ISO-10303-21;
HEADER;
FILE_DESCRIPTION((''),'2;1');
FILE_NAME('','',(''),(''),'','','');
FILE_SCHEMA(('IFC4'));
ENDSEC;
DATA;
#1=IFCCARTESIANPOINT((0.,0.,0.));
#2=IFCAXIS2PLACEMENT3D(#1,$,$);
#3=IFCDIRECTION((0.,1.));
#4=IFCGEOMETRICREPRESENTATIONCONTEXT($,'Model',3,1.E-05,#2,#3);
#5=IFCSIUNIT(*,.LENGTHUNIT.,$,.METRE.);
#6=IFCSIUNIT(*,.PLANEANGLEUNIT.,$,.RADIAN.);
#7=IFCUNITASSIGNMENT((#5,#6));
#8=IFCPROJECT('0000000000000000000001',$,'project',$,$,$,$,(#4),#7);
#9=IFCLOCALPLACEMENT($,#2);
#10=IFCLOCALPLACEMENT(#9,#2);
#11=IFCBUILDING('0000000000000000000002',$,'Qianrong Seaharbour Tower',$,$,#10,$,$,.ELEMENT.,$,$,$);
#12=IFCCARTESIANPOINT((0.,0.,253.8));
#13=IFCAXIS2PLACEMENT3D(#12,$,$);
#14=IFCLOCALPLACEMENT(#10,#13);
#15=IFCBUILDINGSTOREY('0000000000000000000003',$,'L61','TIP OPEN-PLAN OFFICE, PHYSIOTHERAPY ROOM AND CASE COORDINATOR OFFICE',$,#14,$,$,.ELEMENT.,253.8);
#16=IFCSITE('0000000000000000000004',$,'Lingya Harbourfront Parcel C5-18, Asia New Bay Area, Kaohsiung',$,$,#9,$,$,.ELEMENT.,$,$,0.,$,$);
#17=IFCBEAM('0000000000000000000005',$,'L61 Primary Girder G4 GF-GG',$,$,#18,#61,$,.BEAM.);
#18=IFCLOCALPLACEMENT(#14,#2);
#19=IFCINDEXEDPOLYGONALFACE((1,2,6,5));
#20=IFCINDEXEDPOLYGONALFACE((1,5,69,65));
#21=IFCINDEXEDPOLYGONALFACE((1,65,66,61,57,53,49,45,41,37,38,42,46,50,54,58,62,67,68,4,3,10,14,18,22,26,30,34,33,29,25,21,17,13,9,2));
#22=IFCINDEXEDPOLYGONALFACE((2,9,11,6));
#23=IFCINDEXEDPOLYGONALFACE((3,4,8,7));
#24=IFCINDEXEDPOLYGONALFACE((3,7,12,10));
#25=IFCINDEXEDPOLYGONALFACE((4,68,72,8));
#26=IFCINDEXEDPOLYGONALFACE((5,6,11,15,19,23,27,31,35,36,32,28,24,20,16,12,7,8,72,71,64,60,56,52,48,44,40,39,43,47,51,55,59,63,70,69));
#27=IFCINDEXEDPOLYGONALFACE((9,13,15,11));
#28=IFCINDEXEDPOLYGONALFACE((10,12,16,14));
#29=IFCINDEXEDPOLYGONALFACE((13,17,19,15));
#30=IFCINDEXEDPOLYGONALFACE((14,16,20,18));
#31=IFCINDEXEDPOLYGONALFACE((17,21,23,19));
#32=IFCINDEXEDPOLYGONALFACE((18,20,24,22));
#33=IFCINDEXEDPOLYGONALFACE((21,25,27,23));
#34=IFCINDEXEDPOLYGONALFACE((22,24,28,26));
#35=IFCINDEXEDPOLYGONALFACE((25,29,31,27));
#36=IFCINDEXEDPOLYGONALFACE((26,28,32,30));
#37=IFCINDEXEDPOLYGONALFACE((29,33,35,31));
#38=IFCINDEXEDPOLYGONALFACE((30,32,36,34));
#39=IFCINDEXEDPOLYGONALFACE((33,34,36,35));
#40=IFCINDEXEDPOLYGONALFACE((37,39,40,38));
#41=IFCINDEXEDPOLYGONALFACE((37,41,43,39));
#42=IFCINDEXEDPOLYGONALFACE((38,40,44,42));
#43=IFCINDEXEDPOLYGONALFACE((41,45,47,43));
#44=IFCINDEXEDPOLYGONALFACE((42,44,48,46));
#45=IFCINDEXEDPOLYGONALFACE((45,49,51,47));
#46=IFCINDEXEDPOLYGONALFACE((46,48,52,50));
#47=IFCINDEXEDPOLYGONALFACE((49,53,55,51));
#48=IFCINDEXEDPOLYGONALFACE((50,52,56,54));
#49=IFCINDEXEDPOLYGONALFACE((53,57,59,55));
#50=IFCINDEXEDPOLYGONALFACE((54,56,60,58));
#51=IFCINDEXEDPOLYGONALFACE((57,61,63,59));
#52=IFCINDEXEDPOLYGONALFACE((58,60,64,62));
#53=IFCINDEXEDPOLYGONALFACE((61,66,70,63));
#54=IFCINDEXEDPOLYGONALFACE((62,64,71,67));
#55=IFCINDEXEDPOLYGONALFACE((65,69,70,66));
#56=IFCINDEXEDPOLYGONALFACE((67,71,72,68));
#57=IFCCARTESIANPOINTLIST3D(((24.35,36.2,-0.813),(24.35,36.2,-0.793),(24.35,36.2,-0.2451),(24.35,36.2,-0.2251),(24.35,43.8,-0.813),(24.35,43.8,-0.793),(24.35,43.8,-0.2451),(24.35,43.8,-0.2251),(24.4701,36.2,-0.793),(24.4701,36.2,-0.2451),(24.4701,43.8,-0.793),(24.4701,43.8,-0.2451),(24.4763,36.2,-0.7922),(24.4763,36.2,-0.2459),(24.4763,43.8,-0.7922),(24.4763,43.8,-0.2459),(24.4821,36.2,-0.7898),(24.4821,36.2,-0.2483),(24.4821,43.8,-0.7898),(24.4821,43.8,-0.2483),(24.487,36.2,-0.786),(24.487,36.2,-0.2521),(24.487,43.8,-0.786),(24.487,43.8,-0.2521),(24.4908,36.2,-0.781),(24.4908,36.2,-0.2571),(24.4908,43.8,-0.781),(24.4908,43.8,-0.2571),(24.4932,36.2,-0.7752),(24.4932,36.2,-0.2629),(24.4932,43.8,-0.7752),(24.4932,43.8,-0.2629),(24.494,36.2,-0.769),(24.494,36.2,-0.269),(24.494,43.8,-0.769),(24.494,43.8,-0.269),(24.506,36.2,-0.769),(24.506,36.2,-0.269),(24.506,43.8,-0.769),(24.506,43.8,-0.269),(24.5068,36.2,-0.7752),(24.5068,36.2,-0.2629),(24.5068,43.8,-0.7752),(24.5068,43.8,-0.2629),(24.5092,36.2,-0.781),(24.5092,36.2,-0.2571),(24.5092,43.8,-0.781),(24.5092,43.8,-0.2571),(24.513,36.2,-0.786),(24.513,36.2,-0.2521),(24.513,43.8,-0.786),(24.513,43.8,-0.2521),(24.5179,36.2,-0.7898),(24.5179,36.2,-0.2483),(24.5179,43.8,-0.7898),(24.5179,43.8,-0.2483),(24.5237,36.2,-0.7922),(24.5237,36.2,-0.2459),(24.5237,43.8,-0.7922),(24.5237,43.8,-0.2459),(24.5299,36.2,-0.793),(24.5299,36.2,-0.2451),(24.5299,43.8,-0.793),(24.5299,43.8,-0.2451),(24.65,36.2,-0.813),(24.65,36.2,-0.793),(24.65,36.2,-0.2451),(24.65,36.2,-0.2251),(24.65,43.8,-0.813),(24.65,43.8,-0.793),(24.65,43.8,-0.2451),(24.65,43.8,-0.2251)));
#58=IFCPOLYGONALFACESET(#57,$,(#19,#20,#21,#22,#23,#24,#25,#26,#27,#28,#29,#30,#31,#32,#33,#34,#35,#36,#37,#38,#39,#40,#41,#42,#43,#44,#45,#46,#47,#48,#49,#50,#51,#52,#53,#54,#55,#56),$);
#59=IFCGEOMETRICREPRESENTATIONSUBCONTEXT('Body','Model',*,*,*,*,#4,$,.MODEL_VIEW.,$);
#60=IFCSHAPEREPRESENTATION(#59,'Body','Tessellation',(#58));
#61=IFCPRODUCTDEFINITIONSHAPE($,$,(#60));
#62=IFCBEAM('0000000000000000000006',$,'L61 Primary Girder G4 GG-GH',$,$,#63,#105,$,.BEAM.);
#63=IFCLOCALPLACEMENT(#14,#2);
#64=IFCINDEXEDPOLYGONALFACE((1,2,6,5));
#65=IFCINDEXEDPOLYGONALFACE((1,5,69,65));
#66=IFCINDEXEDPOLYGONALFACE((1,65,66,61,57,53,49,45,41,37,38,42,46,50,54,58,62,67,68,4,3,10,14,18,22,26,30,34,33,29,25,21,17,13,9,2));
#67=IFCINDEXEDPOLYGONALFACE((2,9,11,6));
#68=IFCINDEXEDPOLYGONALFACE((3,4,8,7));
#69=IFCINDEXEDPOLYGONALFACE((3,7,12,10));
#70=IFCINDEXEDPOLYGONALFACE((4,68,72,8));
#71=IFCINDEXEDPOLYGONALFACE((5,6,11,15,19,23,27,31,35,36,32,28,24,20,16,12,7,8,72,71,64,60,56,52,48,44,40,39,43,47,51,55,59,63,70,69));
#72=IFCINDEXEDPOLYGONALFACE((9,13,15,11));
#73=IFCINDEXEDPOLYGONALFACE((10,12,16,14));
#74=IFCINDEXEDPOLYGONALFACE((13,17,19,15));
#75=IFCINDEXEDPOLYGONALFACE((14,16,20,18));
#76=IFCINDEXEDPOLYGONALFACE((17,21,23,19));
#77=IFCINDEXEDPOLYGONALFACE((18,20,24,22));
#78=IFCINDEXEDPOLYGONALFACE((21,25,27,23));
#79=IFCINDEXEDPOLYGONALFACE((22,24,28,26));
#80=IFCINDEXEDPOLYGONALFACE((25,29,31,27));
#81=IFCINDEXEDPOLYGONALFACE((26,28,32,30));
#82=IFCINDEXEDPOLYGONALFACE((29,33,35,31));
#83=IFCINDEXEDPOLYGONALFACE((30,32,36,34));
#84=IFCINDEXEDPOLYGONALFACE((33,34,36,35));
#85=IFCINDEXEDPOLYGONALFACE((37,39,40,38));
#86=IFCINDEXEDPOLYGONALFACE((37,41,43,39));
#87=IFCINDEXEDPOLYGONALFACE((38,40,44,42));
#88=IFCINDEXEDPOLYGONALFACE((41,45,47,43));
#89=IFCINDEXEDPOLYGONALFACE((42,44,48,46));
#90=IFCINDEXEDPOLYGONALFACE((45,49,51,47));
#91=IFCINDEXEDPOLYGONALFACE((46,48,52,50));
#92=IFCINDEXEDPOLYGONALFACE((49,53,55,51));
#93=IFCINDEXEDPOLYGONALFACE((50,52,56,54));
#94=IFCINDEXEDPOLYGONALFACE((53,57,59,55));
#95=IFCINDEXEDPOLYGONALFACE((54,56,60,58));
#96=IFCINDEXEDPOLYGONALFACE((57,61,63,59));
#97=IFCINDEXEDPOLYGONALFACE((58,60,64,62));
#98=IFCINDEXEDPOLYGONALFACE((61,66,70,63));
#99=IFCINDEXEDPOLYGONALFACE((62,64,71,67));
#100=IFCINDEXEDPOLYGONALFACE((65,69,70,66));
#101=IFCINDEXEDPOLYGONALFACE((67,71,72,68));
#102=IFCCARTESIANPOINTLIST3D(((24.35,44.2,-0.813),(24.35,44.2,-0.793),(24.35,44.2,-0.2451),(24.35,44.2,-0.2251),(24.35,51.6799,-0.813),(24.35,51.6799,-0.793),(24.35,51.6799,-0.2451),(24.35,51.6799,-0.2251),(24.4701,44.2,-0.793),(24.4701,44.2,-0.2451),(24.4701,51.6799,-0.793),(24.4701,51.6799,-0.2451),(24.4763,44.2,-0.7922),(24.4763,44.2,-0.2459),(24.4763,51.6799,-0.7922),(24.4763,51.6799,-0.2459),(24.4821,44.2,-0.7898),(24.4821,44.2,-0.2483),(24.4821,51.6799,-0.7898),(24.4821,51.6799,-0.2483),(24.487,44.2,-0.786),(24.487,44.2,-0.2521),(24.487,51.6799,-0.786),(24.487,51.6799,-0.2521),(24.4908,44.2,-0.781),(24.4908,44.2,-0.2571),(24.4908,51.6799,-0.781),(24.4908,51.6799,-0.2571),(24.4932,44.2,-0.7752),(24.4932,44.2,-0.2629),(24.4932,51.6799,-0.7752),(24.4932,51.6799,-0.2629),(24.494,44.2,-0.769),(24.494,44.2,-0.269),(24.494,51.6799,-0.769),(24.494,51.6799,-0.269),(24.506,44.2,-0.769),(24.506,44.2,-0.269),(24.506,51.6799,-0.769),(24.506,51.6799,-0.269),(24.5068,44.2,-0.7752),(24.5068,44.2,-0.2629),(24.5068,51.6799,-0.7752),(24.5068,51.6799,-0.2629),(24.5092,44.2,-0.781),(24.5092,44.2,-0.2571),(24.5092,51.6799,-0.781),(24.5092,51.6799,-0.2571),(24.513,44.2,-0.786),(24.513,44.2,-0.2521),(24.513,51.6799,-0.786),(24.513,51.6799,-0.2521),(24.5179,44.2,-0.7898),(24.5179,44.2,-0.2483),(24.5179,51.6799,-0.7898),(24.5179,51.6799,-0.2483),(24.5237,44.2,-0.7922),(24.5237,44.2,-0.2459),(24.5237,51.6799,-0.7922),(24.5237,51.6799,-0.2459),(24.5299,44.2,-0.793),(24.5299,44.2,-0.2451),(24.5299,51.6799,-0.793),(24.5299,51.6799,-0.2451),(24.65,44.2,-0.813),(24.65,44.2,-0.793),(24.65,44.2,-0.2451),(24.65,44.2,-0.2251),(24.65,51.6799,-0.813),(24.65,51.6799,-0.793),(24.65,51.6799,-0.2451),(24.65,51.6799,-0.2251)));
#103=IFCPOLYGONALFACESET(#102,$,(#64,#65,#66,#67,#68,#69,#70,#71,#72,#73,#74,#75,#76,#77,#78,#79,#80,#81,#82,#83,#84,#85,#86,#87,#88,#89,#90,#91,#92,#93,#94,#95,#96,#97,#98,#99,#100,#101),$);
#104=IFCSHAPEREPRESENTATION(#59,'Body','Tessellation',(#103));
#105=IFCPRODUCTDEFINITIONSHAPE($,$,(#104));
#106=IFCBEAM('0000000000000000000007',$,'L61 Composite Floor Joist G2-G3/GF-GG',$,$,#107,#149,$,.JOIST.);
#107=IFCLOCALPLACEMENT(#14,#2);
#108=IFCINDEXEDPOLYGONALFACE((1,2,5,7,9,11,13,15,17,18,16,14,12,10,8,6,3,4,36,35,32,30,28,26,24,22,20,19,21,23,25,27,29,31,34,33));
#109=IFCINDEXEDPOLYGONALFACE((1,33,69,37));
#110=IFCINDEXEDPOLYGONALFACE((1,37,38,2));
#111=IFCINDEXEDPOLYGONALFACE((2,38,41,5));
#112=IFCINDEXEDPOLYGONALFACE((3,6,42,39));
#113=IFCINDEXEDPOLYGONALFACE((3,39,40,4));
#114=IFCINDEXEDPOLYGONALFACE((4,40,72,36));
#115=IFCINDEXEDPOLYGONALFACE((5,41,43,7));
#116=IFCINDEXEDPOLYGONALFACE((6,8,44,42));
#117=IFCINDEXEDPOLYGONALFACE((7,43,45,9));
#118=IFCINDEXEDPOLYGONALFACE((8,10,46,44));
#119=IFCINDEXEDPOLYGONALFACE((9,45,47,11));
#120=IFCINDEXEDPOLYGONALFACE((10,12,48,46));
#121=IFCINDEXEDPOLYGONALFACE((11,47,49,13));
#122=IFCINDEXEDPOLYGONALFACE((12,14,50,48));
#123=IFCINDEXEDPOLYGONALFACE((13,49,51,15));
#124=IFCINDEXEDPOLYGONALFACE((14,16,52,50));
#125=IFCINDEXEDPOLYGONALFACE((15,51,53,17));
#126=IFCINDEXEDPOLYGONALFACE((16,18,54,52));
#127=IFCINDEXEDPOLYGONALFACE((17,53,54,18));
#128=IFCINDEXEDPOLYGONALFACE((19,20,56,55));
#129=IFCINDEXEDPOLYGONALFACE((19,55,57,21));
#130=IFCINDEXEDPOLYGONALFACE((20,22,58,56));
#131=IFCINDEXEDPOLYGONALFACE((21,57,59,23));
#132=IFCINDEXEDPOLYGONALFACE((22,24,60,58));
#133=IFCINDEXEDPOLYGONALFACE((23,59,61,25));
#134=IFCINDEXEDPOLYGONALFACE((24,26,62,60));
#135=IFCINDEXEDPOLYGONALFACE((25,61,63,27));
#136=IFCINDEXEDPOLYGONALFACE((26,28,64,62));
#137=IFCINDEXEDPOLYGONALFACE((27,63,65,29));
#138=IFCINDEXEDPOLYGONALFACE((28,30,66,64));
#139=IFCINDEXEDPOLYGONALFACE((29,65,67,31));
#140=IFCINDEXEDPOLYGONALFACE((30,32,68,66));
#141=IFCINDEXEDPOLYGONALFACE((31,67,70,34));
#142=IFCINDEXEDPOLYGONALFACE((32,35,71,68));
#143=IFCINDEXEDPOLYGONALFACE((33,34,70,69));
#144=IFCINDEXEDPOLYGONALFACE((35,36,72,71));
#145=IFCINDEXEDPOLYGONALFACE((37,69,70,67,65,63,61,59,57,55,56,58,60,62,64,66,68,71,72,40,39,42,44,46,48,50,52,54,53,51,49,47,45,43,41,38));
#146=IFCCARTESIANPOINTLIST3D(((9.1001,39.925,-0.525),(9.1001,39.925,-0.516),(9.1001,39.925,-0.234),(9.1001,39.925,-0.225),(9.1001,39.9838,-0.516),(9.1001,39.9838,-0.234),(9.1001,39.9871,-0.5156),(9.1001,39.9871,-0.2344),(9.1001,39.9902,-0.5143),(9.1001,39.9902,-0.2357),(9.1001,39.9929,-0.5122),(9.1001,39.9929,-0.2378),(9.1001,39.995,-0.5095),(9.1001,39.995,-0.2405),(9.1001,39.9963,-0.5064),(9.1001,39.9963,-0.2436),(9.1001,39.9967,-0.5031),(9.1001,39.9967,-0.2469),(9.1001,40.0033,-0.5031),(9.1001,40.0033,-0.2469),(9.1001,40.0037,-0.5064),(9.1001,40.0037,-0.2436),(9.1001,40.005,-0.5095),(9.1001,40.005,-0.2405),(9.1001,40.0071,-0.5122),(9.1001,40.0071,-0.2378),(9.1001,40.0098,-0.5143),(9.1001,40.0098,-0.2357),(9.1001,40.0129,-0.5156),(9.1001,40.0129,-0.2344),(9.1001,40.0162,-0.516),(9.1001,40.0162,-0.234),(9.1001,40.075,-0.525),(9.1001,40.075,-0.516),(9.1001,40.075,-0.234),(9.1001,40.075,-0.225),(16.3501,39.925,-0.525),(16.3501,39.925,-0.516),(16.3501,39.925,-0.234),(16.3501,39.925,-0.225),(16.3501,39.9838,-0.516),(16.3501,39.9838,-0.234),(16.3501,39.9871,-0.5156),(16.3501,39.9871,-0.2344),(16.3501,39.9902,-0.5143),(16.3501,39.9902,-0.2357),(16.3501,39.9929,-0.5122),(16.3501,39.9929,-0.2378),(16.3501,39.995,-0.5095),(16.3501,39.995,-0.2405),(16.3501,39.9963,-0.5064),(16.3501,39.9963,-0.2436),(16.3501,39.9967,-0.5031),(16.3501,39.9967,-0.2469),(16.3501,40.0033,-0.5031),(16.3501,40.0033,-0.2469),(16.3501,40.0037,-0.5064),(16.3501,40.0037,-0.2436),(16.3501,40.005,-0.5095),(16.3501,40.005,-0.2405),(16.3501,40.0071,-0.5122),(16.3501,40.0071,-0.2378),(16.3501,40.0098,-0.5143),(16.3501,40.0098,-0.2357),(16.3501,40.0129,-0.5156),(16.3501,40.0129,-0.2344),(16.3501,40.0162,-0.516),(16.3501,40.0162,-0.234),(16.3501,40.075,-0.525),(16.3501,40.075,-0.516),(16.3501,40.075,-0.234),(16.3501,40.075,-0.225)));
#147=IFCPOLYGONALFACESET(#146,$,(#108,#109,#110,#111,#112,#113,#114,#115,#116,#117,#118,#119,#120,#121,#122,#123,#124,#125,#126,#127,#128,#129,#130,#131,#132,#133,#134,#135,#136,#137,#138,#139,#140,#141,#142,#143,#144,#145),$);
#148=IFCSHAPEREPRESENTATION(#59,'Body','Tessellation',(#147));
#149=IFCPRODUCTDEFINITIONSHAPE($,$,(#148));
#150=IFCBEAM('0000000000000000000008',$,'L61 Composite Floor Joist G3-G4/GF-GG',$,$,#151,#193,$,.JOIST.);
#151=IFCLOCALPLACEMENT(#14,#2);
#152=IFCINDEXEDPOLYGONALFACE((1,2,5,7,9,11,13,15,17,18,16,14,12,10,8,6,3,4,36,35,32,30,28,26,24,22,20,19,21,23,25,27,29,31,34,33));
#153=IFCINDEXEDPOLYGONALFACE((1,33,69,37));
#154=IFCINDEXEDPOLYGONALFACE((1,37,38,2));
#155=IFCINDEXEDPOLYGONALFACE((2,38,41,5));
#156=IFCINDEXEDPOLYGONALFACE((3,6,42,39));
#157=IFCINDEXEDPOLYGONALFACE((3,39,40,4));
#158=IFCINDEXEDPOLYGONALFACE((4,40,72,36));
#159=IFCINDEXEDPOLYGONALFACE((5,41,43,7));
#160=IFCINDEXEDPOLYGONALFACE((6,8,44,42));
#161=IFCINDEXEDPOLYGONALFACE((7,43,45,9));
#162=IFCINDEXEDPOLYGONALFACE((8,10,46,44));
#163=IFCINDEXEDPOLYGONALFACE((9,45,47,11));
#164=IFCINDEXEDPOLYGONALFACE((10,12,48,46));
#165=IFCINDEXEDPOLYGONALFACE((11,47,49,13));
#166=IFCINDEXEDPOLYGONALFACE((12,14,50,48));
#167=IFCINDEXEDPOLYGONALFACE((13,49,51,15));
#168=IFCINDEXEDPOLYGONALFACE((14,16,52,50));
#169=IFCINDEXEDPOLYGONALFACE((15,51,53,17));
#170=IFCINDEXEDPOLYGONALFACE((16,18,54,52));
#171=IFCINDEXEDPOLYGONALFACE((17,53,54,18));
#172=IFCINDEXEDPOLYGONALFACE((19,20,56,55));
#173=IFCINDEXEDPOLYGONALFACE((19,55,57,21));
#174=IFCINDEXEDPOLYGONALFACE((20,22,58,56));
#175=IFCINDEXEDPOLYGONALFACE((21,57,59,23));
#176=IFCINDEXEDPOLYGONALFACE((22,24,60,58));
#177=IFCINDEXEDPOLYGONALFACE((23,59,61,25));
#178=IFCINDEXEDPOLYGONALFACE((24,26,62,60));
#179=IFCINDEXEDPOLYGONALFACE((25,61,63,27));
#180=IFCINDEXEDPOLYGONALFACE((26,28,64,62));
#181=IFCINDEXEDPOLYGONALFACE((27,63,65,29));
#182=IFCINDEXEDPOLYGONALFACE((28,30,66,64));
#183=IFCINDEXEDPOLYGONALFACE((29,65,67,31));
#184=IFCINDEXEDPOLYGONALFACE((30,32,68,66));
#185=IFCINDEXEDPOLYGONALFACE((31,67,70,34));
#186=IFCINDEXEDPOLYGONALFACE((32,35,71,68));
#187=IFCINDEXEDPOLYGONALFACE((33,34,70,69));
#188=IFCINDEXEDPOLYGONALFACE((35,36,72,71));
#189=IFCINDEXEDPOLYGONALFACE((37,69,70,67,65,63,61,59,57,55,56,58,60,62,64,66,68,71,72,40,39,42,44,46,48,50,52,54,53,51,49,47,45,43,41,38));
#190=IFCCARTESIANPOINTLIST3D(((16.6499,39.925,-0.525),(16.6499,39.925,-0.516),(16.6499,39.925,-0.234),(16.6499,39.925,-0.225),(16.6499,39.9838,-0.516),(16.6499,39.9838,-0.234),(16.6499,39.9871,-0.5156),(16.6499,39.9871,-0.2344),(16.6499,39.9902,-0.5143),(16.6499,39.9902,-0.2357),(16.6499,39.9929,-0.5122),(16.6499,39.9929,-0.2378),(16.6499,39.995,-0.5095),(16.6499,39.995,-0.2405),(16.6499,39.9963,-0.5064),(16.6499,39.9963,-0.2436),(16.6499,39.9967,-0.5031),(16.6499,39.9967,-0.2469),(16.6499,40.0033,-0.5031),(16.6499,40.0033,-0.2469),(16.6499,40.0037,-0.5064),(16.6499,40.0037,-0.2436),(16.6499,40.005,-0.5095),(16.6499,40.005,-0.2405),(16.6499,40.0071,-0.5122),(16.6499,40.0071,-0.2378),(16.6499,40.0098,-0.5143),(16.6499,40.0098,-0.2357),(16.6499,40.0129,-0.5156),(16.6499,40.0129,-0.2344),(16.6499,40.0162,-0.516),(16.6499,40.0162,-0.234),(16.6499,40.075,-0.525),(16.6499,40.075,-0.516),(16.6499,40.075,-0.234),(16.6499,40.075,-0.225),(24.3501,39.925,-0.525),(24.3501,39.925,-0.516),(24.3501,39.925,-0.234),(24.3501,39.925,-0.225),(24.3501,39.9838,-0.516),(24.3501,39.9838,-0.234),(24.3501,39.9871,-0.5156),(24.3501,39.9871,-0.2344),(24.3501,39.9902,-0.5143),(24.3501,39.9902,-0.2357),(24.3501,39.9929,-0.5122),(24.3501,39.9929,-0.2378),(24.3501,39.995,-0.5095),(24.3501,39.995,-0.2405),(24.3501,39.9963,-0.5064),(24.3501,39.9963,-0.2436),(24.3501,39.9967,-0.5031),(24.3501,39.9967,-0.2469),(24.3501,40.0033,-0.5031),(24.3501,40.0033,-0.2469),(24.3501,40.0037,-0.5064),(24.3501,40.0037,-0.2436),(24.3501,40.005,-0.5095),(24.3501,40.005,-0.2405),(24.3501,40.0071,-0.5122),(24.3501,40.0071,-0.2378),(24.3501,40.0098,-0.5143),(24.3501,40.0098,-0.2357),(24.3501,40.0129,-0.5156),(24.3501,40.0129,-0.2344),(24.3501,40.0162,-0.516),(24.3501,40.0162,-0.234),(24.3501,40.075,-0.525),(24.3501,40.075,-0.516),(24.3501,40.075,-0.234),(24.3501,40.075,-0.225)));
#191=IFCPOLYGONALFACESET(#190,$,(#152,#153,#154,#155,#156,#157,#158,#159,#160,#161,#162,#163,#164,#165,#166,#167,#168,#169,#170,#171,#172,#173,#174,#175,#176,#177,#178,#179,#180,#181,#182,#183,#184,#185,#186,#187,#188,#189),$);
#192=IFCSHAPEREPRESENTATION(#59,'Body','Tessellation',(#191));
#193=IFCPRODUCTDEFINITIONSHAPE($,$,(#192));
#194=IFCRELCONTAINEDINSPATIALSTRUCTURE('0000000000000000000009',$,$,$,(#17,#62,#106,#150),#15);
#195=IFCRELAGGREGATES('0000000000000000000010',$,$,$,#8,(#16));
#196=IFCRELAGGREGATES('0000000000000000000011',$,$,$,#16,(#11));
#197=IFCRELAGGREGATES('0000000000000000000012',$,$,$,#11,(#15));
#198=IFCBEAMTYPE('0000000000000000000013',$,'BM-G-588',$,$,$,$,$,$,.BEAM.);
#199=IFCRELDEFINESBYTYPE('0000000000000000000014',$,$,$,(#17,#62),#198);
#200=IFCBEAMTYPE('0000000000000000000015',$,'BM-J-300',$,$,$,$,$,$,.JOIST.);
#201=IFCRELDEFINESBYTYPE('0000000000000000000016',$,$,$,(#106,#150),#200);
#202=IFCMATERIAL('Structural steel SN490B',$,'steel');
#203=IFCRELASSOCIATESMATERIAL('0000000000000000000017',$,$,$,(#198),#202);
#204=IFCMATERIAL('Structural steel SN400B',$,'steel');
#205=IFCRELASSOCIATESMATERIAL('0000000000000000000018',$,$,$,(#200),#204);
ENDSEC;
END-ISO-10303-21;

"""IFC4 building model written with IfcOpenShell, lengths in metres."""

from ifc_helpers import new_model, si_unit, direction, frame, origin, origin_2d, place, context, subcontext, project, spatial, i_section, extrude, material, material_profile, profile_set, type_object, element, save


model = new_model("IFC4")

# Units and contexts
model_context = context("Model", 3, precision=1e-05, world=origin(), true_north=direction((0.0, 1.0)))
body_context = subcontext(model_context, "Body", "Model", "MODEL_VIEW")
ifc_project = project(units=[si_unit("LENGTHUNIT", "METRE"), si_unit("PLANEANGLEUNIT", "RADIAN")], contexts=[model_context])

# Site, building, storey
site_placement = place(None, origin())
site = spatial("IfcSite", under=ifc_project, at=site_placement, Name="Lingya Harbourfront Parcel C5-18, Asia New Bay Area, Kaohsiung", CompositionType="ELEMENT", RefElevation=0.0)
building_placement = place(site_placement, origin())
building = spatial("IfcBuilding", under=site, at=building_placement, Name="Qianrong Seaharbour Tower", CompositionType="ELEMENT")
storey_placement = place(building_placement, frame((0.0, 0.0, 253.8)))
storey = spatial("IfcBuildingStorey", under=building, at=storey_placement, Name="L61", Description="TIP OPEN-PLAN OFFICE, PHYSIOTHERAPY ROOM AND CASE COORDINATOR OFFICE", CompositionType="ELEMENT", Elevation=253.8)

# Shared definitions
ifc_material_1 = material(Name="Structural steel SN490B", Category="steel")

# Beams
ifc_material_profile_1 = material_profile(ifc_material_1, i_section(OverallWidth=0.3, OverallDepth=0.5879, WebThickness=0.012, FlangeThickness=0.02, FilletRadius=0.0239, at=origin_2d()), Name="H588x300x12x20")
ifc_profile_set_1 = profile_set([ifc_material_profile_1], Name="Structural steel SN490B")
beam_type_1 = type_object("IfcBeamType", Name="BM-G-588", PredefinedType="BEAM", material=ifc_profile_set_1)
beam_1_placement = place(storey_placement, frame((24.5, 36.2, -0.519), z_axis=(0.0, 1.0, 0.0), x_axis=(-1.0, 0.0, 0.0)))
element("IfcBeam", 1, at=beam_1_placement, inside=storey, type_object=beam_type_1, Name="L61 Primary Girder G4 GF-GG", PredefinedType="BEAM", context=body_context, shape_type="SweptSolid", body=[
    extrude(i_section(OverallWidth=0.3, OverallDepth=0.5879, WebThickness=0.012, FlangeThickness=0.02, FilletRadius=0.0239, at=origin_2d()), origin(), (0.0, 0.0, 1.0), 7.6001),
])
beam_2_placement = place(storey_placement, frame((24.5, 44.2, -0.519), z_axis=(0.0, 1.0, 0.0), x_axis=(-1.0, 0.0, 0.0)))
element("IfcBeam", 2, at=beam_2_placement, inside=storey, type_object=beam_type_1, Name="L61 Primary Girder G4 GG-GH", PredefinedType="BEAM", context=body_context, shape_type="SweptSolid", body=[
    extrude(i_section(OverallWidth=0.3, OverallDepth=0.5879, WebThickness=0.012, FlangeThickness=0.02, FilletRadius=0.0239, at=origin_2d()), origin(), (0.0, 0.0, 1.0), 7.48),
])
ifc_material_2 = material(Name="Structural steel SN400B", Category="steel")
ifc_material_profile_2 = material_profile(ifc_material_2, i_section(OverallWidth=0.1499, OverallDepth=0.3, WebThickness=0.0066, FlangeThickness=0.009, FilletRadius=0.0129, at=origin_2d()), Name="H300x150x6.5x9")
ifc_profile_set_2 = profile_set([ifc_material_profile_2], Name="Structural steel SN400B")
beam_type_2 = type_object("IfcBeamType", Name="BM-J-300", PredefinedType="JOIST", material=ifc_profile_set_2)
beam_3_placement = place(storey_placement, frame((9.1001, 40.0, -0.375), z_axis=(1.0, 0.0, 0.0), x_axis=(0.0, 1.0, 0.0)))
element("IfcBeam", 3, at=beam_3_placement, inside=storey, type_object=beam_type_2, Name="L61 Composite Floor Joist G2-G3/GF-GG", PredefinedType="JOIST", context=body_context, shape_type="SweptSolid", body=[
    extrude(i_section(OverallWidth=0.1499, OverallDepth=0.3, WebThickness=0.0066, FlangeThickness=0.009, FilletRadius=0.0129, at=origin_2d()), origin(), (0.0, 0.0, 1.0), 7.25),
])
for number, where, z_axis, x_axis, name in (
    (4, (16.6499, 40.0, -0.375), (1.0, 0.0, 0.0), (0.0, 1.0, 0.0), "L61 Composite Floor Joist G3-G4/GF-GG"),
):
    element("IfcBeam", number, at=place(storey_placement, frame(where, z_axis=z_axis, x_axis=x_axis)), inside=storey, type_object=beam_type_2, Name=name, PredefinedType="JOIST", context=body_context, shape_type="SweptSolid", body=[
        extrude(i_section(OverallWidth=0.1499, OverallDepth=0.3, WebThickness=0.0066, FlangeThickness=0.009, FilletRadius=0.0129, at=origin_2d()), origin(), (0.0, 0.0, 1.0), 7.7002),
    ])

save(model, "model.ifc")
